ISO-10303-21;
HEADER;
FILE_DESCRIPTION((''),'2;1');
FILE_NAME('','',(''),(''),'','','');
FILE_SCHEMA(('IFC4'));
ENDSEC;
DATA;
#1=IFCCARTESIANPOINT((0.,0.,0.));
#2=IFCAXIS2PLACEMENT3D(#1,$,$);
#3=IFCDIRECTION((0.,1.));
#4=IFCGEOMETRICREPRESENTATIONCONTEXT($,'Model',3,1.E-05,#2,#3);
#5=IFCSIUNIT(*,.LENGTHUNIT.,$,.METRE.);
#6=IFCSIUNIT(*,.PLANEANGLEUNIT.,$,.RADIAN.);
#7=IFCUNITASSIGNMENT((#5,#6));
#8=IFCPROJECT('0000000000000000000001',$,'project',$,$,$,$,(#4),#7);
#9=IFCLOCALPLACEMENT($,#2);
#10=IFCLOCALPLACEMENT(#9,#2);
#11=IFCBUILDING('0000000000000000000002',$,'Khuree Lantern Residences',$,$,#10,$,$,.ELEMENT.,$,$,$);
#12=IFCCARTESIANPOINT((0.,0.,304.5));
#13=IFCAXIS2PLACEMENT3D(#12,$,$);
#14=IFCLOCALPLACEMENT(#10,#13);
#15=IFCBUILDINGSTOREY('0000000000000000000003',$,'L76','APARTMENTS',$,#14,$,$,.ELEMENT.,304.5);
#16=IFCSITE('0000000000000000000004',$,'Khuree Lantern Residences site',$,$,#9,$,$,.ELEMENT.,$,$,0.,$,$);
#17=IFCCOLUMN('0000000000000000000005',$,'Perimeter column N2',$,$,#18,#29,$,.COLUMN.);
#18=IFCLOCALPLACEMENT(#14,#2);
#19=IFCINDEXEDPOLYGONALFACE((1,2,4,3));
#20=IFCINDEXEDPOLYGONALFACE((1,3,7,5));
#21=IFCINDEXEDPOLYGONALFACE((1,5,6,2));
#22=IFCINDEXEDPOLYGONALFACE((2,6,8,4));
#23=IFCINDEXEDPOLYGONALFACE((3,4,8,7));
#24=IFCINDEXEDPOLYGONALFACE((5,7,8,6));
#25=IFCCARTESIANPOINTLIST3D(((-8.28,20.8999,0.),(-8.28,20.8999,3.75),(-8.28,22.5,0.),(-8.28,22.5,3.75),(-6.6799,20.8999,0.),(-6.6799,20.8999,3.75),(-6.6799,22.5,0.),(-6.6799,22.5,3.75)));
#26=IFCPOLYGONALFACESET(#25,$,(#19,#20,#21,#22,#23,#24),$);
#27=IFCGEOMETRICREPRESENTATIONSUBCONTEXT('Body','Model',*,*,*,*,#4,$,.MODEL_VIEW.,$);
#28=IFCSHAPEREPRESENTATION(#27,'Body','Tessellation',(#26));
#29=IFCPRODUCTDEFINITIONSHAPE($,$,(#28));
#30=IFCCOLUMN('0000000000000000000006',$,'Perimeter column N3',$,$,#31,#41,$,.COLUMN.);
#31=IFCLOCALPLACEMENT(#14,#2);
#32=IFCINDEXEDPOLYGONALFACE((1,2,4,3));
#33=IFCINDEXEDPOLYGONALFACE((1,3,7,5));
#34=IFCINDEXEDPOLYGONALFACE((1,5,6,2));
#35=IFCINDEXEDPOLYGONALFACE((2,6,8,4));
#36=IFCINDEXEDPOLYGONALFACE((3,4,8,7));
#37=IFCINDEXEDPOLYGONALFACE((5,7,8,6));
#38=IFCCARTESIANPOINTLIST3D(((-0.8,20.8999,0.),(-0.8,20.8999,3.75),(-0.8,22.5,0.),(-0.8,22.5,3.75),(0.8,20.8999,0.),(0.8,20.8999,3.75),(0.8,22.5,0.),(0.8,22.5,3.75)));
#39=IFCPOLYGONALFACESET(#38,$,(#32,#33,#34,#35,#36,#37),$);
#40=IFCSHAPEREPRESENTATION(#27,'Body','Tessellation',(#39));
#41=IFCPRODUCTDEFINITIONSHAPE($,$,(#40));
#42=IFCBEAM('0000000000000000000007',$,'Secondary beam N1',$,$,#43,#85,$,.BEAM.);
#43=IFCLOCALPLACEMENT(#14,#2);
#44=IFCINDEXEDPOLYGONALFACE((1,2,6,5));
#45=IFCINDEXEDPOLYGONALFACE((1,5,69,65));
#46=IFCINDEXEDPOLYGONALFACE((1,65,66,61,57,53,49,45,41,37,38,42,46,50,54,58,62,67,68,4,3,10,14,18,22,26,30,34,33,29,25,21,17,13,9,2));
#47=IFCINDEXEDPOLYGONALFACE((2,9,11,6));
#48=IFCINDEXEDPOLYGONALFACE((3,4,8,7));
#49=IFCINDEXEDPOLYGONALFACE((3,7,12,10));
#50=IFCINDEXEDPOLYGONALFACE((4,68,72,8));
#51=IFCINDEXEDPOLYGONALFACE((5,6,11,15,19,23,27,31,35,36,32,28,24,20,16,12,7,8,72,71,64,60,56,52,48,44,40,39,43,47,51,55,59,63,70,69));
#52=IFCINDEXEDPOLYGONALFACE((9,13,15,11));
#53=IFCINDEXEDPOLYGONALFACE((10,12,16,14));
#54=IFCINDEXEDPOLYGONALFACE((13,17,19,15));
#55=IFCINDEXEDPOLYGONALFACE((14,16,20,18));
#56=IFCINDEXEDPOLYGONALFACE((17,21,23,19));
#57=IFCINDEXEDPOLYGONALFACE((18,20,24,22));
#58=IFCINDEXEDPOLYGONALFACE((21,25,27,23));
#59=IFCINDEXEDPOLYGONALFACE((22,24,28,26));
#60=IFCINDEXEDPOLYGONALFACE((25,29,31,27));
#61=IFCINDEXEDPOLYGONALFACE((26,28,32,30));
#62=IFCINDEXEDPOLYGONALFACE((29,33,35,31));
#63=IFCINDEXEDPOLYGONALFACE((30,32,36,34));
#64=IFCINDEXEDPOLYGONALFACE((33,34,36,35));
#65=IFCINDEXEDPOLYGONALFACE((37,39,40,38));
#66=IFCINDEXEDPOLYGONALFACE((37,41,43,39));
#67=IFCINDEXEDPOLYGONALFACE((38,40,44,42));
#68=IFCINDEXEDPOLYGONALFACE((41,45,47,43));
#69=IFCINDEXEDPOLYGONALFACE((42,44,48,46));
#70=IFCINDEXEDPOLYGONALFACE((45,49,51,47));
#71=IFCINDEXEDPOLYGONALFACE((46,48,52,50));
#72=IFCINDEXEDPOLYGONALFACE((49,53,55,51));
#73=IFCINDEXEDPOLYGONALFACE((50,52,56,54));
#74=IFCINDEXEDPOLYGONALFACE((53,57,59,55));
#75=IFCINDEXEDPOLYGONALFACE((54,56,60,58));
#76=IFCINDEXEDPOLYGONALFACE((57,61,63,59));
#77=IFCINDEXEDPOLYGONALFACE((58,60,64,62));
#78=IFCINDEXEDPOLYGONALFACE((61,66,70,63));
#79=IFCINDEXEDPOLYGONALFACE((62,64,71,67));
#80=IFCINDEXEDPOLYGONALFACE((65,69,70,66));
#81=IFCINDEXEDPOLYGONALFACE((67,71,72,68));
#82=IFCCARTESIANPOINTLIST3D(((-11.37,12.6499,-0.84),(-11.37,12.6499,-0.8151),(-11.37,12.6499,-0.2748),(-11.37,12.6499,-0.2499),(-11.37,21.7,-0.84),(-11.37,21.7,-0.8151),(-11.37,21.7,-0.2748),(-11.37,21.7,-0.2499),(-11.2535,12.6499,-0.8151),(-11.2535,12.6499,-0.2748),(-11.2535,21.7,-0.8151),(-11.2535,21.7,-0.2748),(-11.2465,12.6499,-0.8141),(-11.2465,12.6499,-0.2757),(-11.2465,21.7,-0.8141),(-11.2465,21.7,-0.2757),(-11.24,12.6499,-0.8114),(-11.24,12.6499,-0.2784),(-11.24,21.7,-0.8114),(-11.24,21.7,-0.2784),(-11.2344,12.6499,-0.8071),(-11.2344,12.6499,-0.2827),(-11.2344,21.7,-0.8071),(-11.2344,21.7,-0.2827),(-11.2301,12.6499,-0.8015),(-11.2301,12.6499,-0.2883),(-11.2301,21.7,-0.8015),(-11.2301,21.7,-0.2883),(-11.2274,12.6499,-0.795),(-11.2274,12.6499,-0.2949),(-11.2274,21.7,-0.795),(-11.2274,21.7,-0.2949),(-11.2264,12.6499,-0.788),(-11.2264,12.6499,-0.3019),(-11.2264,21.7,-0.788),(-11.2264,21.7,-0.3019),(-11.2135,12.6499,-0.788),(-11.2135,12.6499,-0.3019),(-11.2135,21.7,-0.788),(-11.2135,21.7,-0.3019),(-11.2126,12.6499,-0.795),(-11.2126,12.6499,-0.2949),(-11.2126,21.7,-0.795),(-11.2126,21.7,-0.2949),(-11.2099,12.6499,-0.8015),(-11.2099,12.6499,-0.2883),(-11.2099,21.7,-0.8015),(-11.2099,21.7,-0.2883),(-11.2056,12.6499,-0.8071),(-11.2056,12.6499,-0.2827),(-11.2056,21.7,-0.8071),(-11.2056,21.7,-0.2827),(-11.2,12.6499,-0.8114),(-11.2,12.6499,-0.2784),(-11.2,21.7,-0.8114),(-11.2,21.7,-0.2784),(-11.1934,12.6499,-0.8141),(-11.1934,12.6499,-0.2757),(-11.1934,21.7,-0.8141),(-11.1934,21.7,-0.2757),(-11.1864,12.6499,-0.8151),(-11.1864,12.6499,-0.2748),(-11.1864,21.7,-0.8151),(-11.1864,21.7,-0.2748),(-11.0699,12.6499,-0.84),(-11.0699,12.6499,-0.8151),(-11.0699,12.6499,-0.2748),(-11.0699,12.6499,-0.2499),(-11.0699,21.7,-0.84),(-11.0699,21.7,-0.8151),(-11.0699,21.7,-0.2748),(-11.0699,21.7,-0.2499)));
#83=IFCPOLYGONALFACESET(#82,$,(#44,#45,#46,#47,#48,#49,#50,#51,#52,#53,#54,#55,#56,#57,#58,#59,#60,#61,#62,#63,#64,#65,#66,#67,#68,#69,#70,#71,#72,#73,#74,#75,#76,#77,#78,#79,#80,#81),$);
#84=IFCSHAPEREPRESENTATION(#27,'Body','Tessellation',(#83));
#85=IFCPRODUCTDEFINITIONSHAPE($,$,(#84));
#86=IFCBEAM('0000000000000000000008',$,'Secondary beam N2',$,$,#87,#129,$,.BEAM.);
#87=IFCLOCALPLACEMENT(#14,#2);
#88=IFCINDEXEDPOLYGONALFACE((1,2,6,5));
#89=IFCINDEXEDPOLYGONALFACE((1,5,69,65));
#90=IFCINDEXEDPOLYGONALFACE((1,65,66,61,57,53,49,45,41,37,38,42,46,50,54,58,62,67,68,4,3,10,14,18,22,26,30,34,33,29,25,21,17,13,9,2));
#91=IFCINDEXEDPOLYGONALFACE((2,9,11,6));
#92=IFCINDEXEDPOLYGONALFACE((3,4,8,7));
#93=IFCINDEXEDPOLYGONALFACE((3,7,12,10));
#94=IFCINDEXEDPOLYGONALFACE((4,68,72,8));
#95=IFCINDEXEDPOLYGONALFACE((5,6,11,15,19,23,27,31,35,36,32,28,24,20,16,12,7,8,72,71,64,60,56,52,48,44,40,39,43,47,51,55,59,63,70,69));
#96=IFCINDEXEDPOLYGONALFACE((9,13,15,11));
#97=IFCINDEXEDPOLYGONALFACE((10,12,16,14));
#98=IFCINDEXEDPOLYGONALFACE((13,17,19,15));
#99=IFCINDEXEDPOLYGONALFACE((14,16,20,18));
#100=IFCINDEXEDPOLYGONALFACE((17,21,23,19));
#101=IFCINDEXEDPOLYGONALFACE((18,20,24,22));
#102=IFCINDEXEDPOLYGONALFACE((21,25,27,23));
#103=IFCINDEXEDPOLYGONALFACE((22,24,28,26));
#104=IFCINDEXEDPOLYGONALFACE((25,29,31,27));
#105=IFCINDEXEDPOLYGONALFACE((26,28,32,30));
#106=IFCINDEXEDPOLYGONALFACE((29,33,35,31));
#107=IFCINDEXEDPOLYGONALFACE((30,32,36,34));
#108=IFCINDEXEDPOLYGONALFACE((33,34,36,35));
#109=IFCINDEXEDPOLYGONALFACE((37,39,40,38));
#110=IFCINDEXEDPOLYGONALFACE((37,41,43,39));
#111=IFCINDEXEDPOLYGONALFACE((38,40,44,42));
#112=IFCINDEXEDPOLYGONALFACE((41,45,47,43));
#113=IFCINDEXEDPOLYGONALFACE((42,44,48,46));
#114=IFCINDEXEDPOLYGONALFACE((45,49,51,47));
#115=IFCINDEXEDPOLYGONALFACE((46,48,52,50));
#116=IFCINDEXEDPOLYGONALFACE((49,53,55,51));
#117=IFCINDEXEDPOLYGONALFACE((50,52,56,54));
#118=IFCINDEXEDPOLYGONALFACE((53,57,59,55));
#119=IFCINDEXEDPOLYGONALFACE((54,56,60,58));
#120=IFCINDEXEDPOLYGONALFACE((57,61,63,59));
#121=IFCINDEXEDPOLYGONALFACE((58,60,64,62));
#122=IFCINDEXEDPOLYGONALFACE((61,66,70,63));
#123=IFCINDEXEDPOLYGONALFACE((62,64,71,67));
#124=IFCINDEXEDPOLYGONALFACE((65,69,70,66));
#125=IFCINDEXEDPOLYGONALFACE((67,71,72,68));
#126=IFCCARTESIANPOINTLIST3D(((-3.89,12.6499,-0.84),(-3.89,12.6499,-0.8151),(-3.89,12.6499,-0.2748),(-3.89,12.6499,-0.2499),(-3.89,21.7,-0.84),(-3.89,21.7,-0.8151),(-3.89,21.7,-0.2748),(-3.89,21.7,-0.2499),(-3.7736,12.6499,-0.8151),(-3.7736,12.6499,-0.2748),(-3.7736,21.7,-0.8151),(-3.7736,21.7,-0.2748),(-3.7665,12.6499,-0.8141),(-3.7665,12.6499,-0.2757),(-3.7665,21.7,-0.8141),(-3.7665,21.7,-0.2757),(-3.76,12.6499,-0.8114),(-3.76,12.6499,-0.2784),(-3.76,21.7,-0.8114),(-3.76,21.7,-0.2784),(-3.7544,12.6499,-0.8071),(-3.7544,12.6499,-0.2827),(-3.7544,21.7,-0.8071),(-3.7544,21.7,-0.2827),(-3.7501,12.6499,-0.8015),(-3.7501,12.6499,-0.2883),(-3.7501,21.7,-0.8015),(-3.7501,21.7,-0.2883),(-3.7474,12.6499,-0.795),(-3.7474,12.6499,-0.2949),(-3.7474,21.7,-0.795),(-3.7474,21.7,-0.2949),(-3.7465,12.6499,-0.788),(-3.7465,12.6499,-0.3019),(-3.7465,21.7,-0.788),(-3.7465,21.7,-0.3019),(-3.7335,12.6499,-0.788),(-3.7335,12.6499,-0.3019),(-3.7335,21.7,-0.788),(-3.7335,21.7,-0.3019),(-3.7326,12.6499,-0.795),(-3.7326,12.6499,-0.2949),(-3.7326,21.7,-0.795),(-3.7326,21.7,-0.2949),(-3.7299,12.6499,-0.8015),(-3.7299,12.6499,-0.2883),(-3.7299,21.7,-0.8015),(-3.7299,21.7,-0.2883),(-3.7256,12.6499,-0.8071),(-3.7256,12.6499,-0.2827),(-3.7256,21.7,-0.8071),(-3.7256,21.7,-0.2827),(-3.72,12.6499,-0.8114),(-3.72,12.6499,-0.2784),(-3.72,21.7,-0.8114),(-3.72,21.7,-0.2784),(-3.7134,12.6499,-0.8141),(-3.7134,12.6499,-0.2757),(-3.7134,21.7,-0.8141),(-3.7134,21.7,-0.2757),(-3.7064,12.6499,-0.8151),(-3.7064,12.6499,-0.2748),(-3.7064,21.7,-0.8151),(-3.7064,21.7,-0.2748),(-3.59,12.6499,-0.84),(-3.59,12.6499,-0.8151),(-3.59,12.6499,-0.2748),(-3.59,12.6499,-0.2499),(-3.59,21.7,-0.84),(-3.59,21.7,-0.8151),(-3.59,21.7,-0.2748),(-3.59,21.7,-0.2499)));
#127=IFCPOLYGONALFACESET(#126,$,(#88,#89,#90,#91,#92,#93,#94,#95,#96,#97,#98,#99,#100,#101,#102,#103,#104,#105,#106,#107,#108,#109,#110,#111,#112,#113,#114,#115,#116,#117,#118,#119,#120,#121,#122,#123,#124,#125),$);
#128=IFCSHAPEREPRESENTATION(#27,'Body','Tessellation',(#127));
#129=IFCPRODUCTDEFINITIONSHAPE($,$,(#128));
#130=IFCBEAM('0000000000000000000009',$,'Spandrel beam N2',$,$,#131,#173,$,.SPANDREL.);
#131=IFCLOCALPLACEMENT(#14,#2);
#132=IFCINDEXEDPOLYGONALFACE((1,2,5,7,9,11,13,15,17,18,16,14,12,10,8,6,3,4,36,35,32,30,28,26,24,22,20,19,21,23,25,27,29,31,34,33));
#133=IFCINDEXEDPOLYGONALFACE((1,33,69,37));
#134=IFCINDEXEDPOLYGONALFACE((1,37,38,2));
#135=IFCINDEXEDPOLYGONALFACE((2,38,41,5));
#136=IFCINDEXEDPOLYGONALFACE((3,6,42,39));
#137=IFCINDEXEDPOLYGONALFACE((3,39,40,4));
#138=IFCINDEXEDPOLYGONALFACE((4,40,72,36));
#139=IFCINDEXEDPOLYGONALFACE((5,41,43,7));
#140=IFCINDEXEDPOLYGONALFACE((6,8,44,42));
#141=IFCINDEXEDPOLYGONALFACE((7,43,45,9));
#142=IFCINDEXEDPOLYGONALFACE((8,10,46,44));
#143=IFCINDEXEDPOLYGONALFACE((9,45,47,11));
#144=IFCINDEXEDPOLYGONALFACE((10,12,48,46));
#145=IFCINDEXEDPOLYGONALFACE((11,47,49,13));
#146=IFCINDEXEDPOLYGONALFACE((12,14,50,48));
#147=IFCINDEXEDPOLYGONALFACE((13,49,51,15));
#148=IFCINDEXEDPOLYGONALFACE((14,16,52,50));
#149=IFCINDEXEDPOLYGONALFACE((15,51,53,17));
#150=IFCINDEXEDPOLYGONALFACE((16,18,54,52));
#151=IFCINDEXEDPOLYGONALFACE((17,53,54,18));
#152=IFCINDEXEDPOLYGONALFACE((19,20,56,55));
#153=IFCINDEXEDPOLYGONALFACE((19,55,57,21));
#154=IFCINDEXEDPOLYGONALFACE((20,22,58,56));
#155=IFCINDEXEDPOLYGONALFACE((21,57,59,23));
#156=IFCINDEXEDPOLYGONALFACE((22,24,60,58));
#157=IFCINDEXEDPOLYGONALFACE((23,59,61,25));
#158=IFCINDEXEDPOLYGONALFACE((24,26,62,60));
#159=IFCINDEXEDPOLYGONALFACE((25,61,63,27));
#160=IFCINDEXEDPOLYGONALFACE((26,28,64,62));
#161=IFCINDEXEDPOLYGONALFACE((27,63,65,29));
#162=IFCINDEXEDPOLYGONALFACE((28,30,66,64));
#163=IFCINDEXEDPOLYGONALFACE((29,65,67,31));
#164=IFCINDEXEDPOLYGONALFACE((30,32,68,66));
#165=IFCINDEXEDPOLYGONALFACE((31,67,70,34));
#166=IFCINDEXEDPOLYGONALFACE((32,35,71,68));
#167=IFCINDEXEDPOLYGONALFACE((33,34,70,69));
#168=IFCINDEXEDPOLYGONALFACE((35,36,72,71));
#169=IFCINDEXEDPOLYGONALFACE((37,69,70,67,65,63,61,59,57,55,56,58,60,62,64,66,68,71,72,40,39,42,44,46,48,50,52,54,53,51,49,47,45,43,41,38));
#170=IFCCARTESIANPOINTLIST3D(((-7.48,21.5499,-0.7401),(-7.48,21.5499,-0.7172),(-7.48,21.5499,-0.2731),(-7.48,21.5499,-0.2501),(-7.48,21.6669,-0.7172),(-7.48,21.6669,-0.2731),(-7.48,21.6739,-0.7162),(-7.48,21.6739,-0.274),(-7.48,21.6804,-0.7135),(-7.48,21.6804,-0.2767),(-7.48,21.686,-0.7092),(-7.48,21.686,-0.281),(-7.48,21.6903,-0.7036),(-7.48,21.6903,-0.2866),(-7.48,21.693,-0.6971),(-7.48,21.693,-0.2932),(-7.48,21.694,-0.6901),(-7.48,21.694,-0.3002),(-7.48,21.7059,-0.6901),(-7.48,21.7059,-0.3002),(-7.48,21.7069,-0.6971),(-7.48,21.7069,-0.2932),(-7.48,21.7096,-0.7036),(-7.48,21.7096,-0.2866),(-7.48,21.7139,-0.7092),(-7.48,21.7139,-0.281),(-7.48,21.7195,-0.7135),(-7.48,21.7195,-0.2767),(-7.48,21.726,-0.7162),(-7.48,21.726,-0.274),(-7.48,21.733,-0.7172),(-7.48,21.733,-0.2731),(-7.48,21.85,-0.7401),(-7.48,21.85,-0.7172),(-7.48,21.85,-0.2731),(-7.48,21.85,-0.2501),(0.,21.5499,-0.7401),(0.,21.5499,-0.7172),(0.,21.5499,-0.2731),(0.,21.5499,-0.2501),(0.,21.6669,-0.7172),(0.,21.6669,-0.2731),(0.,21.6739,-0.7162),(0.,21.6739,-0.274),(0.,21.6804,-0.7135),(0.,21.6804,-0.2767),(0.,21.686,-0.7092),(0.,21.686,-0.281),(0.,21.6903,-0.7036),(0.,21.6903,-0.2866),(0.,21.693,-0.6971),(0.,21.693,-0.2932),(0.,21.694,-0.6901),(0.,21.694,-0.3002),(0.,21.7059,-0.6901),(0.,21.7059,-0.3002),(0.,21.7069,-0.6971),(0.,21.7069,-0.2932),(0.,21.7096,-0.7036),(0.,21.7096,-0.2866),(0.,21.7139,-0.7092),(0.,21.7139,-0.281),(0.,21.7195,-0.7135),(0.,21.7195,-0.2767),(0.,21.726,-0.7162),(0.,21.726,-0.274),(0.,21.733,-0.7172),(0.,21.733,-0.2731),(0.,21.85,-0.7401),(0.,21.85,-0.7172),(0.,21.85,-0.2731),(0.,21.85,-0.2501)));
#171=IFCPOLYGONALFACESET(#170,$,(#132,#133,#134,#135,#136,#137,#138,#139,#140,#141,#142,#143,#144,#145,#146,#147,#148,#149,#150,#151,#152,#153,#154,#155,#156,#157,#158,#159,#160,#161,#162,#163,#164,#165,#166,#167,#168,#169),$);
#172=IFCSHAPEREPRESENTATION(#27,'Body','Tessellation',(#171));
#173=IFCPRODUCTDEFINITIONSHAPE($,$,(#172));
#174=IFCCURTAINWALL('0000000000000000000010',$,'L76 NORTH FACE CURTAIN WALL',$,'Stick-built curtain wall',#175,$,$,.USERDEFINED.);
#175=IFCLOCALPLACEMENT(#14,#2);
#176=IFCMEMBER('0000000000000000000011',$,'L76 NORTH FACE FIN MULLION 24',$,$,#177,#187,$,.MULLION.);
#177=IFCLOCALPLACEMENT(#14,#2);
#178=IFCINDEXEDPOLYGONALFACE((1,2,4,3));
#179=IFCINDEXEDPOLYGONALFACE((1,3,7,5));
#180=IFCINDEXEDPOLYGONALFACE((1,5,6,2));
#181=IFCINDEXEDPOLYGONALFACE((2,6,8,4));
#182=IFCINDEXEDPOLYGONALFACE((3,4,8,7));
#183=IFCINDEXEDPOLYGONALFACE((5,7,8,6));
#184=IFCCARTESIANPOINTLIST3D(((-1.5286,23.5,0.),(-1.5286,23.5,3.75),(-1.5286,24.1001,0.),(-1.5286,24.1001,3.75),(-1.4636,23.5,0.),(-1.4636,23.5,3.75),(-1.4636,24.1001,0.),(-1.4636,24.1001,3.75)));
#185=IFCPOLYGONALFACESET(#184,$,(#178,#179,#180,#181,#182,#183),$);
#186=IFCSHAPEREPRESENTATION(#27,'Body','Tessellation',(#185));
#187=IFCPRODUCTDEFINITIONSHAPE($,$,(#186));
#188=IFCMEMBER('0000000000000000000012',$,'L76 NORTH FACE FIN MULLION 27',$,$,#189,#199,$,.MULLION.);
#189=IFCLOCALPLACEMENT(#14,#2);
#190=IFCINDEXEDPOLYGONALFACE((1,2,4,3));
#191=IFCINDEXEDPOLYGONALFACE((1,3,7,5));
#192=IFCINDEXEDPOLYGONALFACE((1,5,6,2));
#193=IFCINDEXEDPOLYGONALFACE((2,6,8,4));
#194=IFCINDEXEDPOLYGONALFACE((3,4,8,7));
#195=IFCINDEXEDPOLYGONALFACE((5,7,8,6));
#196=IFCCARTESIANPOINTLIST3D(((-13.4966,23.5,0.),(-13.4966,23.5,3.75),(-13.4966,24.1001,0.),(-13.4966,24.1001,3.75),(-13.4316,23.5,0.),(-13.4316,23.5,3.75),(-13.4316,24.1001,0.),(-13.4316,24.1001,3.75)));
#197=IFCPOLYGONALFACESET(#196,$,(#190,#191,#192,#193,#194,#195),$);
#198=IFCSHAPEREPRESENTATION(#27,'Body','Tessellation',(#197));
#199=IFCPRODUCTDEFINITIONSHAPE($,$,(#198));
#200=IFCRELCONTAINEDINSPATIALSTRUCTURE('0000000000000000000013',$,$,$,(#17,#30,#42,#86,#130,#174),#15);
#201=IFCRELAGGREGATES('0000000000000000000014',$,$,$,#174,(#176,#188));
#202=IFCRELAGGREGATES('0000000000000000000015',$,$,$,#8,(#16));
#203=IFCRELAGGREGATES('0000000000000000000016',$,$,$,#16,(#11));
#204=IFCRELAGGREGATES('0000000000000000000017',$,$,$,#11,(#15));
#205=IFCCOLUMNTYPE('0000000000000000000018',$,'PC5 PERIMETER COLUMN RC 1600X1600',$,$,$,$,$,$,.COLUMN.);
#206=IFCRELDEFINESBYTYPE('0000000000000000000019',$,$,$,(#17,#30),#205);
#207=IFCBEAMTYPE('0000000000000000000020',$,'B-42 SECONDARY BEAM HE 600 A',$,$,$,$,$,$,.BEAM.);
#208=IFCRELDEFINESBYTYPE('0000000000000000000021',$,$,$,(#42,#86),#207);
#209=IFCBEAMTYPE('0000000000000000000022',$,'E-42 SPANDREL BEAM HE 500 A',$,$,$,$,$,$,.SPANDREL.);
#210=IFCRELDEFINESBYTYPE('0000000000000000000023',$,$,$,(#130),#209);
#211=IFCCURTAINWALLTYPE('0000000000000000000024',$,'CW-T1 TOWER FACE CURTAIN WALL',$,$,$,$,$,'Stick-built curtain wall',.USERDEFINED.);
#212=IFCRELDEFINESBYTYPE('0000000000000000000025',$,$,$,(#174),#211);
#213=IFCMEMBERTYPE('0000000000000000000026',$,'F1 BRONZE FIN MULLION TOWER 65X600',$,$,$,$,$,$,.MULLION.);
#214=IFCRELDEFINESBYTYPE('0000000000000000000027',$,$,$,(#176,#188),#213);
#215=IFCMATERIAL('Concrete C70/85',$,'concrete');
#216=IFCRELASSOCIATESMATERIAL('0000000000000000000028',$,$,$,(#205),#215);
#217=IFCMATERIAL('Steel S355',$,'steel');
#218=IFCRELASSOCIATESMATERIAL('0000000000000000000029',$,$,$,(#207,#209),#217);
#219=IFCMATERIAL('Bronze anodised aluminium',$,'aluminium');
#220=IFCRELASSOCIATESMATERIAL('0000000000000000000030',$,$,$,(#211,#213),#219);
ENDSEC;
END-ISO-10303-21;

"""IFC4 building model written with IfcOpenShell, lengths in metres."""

from ifc_helpers import new_model, si_unit, direction, frame, origin, origin_2d, place, context, subcontext, project, spatial, rectangle, i_section, extrude, material, material_profile, profile_set, type_object, element, aggregate, save


model = new_model("IFC4")

# Units and contexts
model_context = context("Model", 3, precision=1e-05, world=origin(), true_north=direction((0.0, 1.0)))
body_context = subcontext(model_context, "Body", "Model", "MODEL_VIEW")
ifc_project = project(units=[si_unit("LENGTHUNIT", "METRE"), si_unit("PLANEANGLEUNIT", "RADIAN")], contexts=[model_context])

# Site, building, storey
site_placement = place(None, origin())
site = spatial("IfcSite", under=ifc_project, at=site_placement, Name="Khuree Lantern Residences site", CompositionType="ELEMENT", RefElevation=0.0)
building_placement = place(site_placement, origin())
building = spatial("IfcBuilding", under=site, at=building_placement, Name="Khuree Lantern Residences", CompositionType="ELEMENT")
storey_placement = place(building_placement, frame((0.0, 0.0, 304.5)))
storey = spatial("IfcBuildingStorey", under=building, at=storey_placement, Name="L76", Description="APARTMENTS", CompositionType="ELEMENT", Elevation=304.5)

# Columns
ifc_material_1 = material(Name="Concrete C70/85", Category="concrete")
ifc_material_profile_1 = material_profile(ifc_material_1, rectangle(XDim=1.6001, YDim=1.6001, at=origin_2d()), Name="RC 1600X1600")
ifc_profile_set_1 = profile_set([ifc_material_profile_1], Name="Concrete C70/85")
column_type = type_object("IfcColumnType", Name="PC5 PERIMETER COLUMN RC 1600X1600", PredefinedType="COLUMN", material=ifc_profile_set_1)
for number, where, z_axis, x_axis, name in (
    (1, (-7.48, 21.7, 0.0), (0.0, 0.0, 1.0), (1.0, 0.0, 0.0), "Perimeter column N2"),
    (2, (0.0, 21.7, 0.0), (0.0, 0.0, 1.0), (1.0, 0.0, 0.0), "Perimeter column N3"),
):
    element("IfcColumn", number, at=place(storey_placement, frame(where, z_axis=z_axis, x_axis=x_axis)), inside=storey, type_object=column_type, Name=name, PredefinedType="COLUMN", context=body_context, shape_type="SweptSolid", body=[
        extrude(rectangle(XDim=1.6001, YDim=1.6001, at=origin_2d()), origin(), (0.0, 0.0, 1.0), 3.75),
    ])

# Beams
ifc_material_2 = material(Name="Steel S355", Category="steel")
ifc_material_profile_2 = material_profile(ifc_material_2, i_section(OverallWidth=0.3, OverallDepth=0.5901, WebThickness=0.0129, FlangeThickness=0.0249, FilletRadius=0.0271, at=origin_2d()), Name="HE 600 A")
ifc_profile_set_2 = profile_set([ifc_material_profile_2], Name="Steel S355")
beam_type_1 = type_object("IfcBeamType", Name="B-42 SECONDARY BEAM HE 600 A", PredefinedType="BEAM", material=ifc_profile_set_2)
for number, where, z_axis, x_axis, name in (
    (3, (-11.22, 21.7, -0.5449), (0.0, -1.0, 0.0), (1.0, 0.0, 0.0), "Secondary beam N1"),
    (4, (-3.74, 21.7, -0.5449), (0.0, -1.0, 0.0), (1.0, 0.0, 0.0), "Secondary beam N2"),
):
    element("IfcBeam", number, at=place(storey_placement, frame(where, z_axis=z_axis, x_axis=x_axis)), inside=storey, type_object=beam_type_1, Name=name, PredefinedType="BEAM", context=body_context, shape_type="SweptSolid", body=[
        extrude(i_section(OverallWidth=0.3, OverallDepth=0.5901, WebThickness=0.0129, FlangeThickness=0.0249, FilletRadius=0.0271, at=origin_2d()), origin(), (0.0, 0.0, 1.0), 9.05),
    ])
ifc_material_profile_3 = material_profile(ifc_material_2, i_section(OverallWidth=0.3, OverallDepth=0.49, WebThickness=0.012, FlangeThickness=0.0229, FilletRadius=0.0271, at=origin_2d()), Name="HE 500 A")
ifc_profile_set_3 = profile_set([ifc_material_profile_3], Name="Steel S355")
beam_type_2 = type_object("IfcBeamType", Name="E-42 SPANDREL BEAM HE 500 A", PredefinedType="SPANDREL", material=ifc_profile_set_3)
beam_1_placement = place(storey_placement, frame((-7.48, 21.7, -0.4951), z_axis=(1.0, 0.0, 0.0), x_axis=(0.0, 1.0, 0.0)))
element("IfcBeam", 5, at=beam_1_placement, inside=storey, type_object=beam_type_2, Name="Spandrel beam N2", PredefinedType="SPANDREL", context=body_context, shape_type="SweptSolid", body=[
    extrude(i_section(OverallWidth=0.3, OverallDepth=0.49, WebThickness=0.012, FlangeThickness=0.0229, FilletRadius=0.0271, at=origin_2d()), origin(), (0.0, 0.0, 1.0), 7.48),
])

# Curtain wall, members
ifc_material_3 = material(Name="Bronze anodised aluminium", Category="aluminium")
curtain_wall_type = type_object("IfcCurtainWallType", Name="CW-T1 TOWER FACE CURTAIN WALL", ElementType="Stick-built curtain wall", PredefinedType="USERDEFINED", material=ifc_material_3)
curtain_wall_placement = place(storey_placement, origin())
curtain_wall = element("IfcCurtainWall", 6, at=curtain_wall_placement, inside=storey, type_object=curtain_wall_type, Name="L76 NORTH FACE CURTAIN WALL", ObjectType="Stick-built curtain wall", PredefinedType="USERDEFINED")
ifc_material_profile_4 = material_profile(ifc_material_3, rectangle(XDim=0.0649, YDim=0.6001, at=origin_2d()), Name="F1 65X600")
ifc_profile_set_4 = profile_set([ifc_material_profile_4], Name="Bronze anodised aluminium")
member_type_1 = type_object("IfcMemberType", Name="F1 BRONZE FIN MULLION TOWER 65X600", PredefinedType="MULLION", material=ifc_profile_set_4)
member_1_placement = place(storey_placement, frame((-1.4961, 23.8, 0.0), z_axis=(0.0, 0.0, 1.0), x_axis=(-1.0, 0.0, 0.0)))
member_1 = element("IfcMember", 7, at=member_1_placement, type_object=member_type_1, Name="L76 NORTH FACE FIN MULLION 24", PredefinedType="MULLION", context=body_context, shape_type="SweptSolid", body=[
    extrude(rectangle(XDim=0.0649, YDim=0.6001, at=origin_2d()), origin(), (0.0, 0.0, 1.0), 3.75),
])
member_2_placement = place(storey_placement, frame((-13.4641, 23.8, 0.0), z_axis=(0.0, 0.0, 1.0), x_axis=(-1.0, 0.0, 0.0)))
member_2 = element("IfcMember", 8, at=member_2_placement, type_object=member_type_1, Name="L76 NORTH FACE FIN MULLION 27", PredefinedType="MULLION", context=body_context, shape_type="SweptSolid", body=[
    extrude(rectangle(XDim=0.0649, YDim=0.6001, at=origin_2d()), origin(), (0.0, 0.0, 1.0), 3.75),
])

aggregate(curtain_wall, [member_1, member_2])

save(model, "model.ifc")
